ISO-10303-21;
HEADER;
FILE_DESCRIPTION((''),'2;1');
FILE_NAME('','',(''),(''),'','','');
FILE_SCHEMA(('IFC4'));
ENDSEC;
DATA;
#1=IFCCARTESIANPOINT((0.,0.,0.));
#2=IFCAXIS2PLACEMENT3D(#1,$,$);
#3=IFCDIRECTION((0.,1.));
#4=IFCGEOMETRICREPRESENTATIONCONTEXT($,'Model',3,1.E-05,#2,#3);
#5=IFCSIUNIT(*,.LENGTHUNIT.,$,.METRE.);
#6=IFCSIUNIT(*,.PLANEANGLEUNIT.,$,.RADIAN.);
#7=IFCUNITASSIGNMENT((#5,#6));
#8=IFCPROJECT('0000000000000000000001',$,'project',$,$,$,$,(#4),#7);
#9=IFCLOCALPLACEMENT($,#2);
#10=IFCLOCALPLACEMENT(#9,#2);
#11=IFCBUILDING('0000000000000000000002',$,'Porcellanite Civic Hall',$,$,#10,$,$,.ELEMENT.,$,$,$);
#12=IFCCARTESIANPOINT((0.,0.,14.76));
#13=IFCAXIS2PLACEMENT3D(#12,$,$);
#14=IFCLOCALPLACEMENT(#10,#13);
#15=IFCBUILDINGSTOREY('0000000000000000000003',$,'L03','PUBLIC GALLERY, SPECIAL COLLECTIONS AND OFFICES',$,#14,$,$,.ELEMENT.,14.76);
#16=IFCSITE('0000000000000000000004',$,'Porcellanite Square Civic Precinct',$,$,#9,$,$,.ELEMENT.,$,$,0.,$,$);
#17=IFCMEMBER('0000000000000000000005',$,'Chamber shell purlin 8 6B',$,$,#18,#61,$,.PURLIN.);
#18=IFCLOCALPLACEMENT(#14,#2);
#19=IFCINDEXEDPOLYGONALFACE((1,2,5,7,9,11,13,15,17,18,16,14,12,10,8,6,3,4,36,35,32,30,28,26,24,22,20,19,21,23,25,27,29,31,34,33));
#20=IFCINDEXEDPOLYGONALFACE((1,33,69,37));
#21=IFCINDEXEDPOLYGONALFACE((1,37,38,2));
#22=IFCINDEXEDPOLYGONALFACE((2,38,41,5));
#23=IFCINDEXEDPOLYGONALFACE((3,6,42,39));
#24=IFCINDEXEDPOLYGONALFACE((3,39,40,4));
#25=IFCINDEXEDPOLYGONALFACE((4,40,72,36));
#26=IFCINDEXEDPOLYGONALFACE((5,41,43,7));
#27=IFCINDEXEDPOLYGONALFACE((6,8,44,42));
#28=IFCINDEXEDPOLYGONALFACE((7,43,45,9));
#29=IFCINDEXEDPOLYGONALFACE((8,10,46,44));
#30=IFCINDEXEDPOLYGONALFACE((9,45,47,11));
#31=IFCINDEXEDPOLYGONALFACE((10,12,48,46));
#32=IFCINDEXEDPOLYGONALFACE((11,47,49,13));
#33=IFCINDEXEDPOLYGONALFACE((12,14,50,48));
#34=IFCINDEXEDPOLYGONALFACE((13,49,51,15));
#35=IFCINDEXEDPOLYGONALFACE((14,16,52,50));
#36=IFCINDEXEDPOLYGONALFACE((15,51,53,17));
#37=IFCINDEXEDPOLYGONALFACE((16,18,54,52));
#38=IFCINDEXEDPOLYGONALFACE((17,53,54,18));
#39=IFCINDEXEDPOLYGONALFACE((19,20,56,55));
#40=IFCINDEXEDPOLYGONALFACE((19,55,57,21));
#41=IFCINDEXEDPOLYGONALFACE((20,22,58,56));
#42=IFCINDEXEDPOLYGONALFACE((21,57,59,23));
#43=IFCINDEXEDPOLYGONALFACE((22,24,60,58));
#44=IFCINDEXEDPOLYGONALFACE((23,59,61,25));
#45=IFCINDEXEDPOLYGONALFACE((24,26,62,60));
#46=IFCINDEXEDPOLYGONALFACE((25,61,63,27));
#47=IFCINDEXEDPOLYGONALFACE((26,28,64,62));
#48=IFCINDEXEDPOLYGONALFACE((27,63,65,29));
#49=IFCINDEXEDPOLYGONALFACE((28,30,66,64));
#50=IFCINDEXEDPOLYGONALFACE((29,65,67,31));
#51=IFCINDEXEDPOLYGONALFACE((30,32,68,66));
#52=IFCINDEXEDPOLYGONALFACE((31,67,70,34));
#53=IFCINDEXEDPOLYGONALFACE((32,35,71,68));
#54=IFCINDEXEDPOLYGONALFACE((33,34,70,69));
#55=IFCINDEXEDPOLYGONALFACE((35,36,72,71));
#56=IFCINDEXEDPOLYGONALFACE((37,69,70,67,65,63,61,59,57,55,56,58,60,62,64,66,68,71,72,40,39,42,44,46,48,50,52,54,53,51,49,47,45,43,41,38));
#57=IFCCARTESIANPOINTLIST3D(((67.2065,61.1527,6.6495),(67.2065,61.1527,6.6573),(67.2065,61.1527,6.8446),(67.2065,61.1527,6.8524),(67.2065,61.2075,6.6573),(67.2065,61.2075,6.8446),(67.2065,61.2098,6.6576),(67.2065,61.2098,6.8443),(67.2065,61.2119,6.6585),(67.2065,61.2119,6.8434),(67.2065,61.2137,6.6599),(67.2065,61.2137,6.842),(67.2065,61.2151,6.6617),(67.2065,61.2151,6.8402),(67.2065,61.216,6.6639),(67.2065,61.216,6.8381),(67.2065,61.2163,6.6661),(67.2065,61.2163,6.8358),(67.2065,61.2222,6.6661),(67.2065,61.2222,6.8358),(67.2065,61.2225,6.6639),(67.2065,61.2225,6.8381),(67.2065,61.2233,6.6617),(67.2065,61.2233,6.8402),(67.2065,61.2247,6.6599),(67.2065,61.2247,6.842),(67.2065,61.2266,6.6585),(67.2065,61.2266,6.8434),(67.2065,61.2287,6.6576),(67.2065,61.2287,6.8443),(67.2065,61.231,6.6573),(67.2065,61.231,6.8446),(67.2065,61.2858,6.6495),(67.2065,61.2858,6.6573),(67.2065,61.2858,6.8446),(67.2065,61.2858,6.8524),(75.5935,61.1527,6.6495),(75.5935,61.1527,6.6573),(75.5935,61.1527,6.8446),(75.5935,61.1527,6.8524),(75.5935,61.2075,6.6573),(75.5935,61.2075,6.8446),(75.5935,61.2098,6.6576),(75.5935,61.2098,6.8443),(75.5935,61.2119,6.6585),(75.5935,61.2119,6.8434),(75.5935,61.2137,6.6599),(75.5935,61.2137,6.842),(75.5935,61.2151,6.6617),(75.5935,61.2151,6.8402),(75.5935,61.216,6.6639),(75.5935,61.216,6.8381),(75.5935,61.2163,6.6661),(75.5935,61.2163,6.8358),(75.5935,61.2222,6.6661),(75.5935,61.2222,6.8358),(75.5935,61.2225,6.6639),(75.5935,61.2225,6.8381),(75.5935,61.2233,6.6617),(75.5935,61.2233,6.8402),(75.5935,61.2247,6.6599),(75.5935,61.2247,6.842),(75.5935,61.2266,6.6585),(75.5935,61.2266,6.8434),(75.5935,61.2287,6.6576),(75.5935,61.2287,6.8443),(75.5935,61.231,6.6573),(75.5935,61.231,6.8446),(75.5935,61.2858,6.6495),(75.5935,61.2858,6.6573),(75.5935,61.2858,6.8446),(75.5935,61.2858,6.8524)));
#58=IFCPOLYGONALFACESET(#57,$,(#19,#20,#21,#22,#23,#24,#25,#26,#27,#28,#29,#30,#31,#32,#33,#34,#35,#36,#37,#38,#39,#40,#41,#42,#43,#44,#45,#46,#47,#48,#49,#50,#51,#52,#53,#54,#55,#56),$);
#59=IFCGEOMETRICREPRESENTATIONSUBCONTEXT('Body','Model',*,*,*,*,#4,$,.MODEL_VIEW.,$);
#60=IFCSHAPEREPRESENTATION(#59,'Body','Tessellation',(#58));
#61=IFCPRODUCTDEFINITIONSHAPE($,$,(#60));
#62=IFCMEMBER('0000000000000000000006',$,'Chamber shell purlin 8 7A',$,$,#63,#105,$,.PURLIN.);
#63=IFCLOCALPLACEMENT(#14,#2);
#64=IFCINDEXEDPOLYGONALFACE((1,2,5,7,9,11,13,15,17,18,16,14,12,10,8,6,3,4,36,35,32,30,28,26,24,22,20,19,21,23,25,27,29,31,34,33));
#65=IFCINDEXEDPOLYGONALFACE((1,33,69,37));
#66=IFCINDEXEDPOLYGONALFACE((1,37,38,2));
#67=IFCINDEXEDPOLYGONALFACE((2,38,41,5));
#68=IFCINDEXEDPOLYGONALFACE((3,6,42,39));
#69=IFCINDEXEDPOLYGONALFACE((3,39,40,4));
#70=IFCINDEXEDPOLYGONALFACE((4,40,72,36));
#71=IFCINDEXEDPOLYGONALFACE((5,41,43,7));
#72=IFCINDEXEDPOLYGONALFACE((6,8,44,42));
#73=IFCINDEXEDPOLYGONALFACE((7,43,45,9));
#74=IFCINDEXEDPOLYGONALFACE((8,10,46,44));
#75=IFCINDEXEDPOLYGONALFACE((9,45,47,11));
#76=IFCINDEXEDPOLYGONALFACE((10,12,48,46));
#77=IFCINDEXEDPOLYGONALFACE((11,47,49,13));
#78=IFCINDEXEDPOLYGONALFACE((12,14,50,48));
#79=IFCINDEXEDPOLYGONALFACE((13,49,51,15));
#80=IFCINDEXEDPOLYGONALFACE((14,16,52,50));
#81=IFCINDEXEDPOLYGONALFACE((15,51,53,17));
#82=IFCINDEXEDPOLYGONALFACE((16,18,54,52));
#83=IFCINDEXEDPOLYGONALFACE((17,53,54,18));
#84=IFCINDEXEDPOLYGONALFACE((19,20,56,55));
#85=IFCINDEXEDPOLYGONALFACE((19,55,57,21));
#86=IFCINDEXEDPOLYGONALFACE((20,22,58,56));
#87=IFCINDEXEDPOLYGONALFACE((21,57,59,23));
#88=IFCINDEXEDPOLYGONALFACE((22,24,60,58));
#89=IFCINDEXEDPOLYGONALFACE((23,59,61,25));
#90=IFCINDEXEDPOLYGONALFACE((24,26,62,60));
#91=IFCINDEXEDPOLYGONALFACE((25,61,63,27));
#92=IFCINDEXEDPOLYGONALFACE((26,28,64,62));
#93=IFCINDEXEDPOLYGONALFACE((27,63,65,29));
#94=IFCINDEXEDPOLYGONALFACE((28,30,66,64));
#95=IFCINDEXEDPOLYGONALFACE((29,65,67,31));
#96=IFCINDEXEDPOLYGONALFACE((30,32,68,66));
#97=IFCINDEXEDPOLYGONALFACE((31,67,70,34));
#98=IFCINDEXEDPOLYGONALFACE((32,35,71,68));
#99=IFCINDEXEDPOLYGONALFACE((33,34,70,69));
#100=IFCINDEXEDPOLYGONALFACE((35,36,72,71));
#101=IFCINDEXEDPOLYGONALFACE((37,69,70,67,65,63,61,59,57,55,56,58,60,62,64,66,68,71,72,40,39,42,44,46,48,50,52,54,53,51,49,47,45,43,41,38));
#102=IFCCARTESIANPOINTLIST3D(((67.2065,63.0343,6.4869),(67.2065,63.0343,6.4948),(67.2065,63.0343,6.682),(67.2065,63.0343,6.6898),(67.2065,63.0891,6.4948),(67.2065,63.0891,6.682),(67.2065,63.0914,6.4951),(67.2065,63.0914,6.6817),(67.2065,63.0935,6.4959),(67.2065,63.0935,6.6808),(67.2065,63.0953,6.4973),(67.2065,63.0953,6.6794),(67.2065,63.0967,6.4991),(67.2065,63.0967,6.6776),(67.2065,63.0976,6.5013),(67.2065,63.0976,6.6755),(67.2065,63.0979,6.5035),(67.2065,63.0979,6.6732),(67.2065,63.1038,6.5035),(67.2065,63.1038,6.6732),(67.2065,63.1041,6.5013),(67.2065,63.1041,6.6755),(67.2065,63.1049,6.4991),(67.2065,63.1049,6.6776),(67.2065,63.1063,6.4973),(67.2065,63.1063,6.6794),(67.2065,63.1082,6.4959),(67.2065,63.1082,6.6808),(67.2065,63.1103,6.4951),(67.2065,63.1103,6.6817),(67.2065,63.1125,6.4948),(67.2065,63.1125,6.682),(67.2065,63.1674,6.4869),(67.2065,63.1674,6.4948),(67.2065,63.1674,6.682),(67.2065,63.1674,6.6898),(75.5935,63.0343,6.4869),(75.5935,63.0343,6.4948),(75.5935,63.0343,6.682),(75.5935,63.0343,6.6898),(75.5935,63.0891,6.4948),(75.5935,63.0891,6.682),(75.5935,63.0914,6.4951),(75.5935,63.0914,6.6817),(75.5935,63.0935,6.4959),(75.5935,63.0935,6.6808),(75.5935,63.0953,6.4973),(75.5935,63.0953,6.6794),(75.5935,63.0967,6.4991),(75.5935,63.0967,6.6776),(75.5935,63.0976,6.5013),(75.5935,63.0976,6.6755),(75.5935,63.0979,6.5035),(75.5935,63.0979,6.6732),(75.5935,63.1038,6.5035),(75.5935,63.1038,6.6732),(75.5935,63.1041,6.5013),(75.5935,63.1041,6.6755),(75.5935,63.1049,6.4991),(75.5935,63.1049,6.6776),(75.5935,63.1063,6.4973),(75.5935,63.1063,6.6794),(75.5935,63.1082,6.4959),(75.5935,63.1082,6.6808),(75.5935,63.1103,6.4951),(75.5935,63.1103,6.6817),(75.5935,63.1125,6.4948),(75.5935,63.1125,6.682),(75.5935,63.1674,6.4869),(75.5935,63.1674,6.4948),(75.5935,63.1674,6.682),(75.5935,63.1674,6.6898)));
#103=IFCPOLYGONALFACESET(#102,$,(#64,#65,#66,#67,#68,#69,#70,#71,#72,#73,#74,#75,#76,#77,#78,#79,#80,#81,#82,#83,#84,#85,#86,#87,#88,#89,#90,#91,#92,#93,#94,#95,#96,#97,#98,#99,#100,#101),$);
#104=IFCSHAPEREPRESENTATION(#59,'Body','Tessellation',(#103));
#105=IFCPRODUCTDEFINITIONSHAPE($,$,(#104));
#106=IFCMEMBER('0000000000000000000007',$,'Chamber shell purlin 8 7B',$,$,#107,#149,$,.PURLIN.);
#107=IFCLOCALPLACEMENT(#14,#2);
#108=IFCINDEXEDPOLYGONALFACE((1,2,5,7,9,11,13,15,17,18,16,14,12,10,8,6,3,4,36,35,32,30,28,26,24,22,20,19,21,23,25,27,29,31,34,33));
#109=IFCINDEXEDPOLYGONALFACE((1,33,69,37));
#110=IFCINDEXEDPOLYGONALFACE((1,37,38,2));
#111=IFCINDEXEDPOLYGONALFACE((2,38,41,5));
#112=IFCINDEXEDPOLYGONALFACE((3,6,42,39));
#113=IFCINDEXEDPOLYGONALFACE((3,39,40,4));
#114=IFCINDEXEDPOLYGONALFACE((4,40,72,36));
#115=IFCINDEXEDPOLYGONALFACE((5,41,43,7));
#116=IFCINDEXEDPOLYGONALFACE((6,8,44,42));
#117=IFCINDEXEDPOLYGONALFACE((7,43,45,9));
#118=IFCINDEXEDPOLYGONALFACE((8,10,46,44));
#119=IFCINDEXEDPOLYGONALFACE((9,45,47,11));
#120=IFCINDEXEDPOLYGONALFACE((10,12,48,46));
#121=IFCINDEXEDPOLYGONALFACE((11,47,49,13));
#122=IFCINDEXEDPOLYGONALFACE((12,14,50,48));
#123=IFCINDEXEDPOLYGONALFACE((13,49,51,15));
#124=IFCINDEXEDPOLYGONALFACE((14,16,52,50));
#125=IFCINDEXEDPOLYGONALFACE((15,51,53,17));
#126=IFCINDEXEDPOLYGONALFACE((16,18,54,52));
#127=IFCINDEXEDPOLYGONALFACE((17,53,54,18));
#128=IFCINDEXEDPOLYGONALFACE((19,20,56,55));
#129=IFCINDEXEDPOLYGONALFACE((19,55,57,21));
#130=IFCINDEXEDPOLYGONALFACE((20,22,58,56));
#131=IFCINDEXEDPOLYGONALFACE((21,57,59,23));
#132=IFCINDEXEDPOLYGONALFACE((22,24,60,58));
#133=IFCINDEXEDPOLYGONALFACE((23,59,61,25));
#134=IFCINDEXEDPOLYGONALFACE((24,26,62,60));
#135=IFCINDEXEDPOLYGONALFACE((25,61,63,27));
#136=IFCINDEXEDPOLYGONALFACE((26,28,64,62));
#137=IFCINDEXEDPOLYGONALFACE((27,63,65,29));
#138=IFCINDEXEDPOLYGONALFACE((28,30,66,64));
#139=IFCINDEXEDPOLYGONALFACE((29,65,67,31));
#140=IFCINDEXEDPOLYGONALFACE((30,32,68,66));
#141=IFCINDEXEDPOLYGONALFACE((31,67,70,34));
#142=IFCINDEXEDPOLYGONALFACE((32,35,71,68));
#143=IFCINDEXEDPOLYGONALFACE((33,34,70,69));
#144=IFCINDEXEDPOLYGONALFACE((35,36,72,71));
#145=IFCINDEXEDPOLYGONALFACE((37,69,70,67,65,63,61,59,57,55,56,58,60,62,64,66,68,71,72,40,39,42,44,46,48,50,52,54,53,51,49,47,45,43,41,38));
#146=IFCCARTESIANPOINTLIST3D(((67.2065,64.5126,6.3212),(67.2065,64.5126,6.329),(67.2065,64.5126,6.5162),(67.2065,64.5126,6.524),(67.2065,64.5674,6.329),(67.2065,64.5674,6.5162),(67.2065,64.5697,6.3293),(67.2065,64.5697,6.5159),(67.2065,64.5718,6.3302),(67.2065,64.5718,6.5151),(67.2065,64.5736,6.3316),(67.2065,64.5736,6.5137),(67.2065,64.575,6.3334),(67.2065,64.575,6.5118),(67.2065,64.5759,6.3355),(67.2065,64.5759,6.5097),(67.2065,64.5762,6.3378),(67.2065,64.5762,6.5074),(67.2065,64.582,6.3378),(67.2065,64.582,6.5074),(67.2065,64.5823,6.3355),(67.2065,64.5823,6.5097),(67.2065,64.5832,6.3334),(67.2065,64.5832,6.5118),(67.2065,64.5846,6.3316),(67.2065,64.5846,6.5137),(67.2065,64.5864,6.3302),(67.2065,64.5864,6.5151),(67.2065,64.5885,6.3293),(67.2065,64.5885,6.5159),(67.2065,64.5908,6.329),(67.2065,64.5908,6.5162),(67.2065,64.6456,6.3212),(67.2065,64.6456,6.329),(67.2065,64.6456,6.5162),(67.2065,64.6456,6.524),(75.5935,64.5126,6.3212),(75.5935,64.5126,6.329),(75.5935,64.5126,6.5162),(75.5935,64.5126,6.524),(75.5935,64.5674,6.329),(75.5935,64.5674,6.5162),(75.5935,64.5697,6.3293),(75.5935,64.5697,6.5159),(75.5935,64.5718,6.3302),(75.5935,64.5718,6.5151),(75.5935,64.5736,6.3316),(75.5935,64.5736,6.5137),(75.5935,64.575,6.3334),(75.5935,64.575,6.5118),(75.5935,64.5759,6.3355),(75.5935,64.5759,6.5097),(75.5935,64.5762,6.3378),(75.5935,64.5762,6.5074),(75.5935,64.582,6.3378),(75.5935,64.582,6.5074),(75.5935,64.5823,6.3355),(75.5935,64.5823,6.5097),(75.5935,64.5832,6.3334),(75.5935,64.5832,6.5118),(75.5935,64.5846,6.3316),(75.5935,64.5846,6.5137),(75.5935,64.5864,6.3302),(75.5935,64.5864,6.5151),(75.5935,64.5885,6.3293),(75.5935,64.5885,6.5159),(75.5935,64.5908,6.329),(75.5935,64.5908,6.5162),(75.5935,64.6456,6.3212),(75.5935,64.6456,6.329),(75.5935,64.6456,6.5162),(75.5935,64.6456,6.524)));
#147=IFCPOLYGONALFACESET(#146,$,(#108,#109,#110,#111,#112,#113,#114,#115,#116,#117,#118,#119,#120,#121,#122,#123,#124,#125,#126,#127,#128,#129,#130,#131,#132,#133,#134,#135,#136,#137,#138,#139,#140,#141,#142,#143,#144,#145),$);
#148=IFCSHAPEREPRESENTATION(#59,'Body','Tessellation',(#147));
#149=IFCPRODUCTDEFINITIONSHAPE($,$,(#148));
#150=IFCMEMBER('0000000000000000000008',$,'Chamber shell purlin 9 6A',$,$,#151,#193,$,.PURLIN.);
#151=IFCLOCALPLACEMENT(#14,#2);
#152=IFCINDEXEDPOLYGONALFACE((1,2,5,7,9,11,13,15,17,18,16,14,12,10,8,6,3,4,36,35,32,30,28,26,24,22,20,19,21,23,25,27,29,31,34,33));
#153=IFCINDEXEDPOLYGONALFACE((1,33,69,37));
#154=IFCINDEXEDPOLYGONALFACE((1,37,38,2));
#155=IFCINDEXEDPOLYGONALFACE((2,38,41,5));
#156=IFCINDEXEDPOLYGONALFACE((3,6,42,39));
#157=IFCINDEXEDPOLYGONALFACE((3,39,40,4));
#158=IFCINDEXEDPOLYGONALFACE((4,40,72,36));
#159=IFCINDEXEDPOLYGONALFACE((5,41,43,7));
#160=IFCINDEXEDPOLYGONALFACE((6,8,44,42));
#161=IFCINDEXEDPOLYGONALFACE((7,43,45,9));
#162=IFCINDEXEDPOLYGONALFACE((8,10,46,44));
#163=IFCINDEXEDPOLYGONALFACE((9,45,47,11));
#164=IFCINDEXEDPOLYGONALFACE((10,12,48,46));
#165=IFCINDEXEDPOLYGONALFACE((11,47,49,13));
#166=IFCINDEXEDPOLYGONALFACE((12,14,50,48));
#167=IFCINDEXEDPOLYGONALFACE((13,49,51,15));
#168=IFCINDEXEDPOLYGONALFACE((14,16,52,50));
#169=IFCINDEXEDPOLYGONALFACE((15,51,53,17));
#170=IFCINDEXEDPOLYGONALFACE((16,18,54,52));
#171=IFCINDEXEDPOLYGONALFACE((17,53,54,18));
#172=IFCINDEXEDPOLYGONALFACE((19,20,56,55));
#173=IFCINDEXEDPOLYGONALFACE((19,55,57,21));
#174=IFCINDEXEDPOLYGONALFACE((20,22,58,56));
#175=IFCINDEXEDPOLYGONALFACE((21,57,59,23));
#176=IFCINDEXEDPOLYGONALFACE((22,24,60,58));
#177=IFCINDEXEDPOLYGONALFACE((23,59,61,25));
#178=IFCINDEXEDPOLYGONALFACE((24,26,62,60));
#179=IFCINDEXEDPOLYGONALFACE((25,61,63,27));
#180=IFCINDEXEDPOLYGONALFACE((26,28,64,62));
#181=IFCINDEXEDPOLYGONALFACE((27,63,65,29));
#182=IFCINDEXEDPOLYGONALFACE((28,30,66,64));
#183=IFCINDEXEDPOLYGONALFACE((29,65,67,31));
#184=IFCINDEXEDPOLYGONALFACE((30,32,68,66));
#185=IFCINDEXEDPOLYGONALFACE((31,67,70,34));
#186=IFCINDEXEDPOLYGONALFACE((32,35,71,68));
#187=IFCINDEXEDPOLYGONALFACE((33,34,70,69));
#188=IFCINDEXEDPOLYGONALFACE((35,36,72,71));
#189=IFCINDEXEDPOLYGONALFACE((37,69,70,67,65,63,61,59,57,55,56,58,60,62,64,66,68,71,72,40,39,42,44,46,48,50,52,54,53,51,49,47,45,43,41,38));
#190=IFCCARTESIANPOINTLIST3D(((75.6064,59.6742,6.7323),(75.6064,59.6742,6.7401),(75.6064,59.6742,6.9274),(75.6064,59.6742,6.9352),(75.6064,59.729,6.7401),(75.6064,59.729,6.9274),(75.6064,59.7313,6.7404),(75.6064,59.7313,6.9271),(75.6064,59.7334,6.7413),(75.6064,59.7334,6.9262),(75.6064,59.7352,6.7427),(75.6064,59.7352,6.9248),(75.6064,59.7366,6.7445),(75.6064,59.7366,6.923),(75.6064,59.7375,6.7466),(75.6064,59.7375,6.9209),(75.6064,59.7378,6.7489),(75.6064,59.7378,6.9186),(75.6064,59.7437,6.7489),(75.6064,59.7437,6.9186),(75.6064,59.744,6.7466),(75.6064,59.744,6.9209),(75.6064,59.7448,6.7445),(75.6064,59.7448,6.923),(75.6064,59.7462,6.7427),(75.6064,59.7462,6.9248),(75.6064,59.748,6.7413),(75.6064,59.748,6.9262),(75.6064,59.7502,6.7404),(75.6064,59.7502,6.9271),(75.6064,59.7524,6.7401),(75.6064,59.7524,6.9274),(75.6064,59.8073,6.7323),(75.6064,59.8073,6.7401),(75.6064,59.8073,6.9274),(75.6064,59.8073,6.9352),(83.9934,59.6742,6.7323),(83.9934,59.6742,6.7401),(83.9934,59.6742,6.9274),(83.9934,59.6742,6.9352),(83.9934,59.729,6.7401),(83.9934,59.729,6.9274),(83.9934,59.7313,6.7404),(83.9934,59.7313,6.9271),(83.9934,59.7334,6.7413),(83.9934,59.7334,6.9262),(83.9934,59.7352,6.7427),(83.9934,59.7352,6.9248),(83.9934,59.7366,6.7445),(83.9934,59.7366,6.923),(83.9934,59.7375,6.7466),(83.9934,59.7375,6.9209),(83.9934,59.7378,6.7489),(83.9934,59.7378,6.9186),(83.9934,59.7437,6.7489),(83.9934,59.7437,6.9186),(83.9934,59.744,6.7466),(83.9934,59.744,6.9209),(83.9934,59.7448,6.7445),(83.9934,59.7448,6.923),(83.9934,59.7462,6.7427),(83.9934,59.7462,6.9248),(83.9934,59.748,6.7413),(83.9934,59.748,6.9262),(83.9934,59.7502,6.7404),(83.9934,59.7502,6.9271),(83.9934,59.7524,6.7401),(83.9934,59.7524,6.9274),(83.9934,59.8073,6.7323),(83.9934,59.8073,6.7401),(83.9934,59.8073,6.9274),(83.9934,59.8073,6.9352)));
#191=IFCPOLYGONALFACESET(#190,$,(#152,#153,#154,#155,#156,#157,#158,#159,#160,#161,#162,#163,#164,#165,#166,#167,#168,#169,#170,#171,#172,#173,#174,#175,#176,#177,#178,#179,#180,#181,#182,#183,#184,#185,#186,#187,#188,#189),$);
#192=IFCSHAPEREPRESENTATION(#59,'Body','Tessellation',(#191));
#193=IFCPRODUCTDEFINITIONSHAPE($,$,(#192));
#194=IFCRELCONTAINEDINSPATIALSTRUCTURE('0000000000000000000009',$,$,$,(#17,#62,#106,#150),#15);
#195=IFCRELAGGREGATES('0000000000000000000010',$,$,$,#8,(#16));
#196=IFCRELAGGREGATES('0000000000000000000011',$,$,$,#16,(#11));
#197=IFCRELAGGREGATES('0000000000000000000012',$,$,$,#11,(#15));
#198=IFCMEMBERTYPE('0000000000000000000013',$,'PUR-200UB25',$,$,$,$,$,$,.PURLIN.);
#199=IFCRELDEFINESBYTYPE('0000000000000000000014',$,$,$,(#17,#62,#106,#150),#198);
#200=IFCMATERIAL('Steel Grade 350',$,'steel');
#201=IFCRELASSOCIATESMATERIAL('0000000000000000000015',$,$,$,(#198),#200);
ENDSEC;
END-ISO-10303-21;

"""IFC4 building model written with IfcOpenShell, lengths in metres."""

from ifc_helpers import new_model, si_unit, direction, frame, origin, origin_2d, place, context, subcontext, project, spatial, i_section, extrude, material, material_profile, profile_set, type_object, element, save


model = new_model("IFC4")

# Units and contexts
model_context = context("Model", 3, precision=1e-05, world=origin(), true_north=direction((0.0, 1.0)))
body_context = subcontext(model_context, "Body", "Model", "MODEL_VIEW")
ifc_project = project(units=[si_unit("LENGTHUNIT", "METRE"), si_unit("PLANEANGLEUNIT", "RADIAN")], contexts=[model_context])

# Site, building, storey
site_placement = place(None, origin())
site = spatial("IfcSite", under=ifc_project, at=site_placement, Name="Porcellanite Square Civic Precinct", CompositionType="ELEMENT", RefElevation=0.0)
building_placement = place(site_placement, origin())
building = spatial("IfcBuilding", under=site, at=building_placement, Name="Porcellanite Civic Hall", CompositionType="ELEMENT")
storey_placement = place(building_placement, frame((0.0, 0.0, 14.76)))
storey = spatial("IfcBuildingStorey", under=building, at=storey_placement, Name="L03", Description="PUBLIC GALLERY, SPECIAL COLLECTIONS AND OFFICES", CompositionType="ELEMENT", Elevation=14.76)

# Members
ifc_material_1 = material(Name="Steel Grade 350", Category="steel")
ifc_material_profile_1 = material_profile(ifc_material_1, i_section(OverallWidth=0.1331, OverallDepth=0.2029, WebThickness=0.0059, FlangeThickness=0.0078, FilletRadius=0.0088, at=origin_2d()), Name="200UB25.4")
ifc_profile_set_1 = profile_set([ifc_material_profile_1], Name="Steel Grade 350")
member_type_1 = type_object("IfcMemberType", Name="PUR-200UB25", PredefinedType="PURLIN", material=ifc_profile_set_1)
for number, where, z_axis, x_axis, name in (
    (1, (67.2065, 61.2192, 6.751), (1.0, 0.0, 0.0), (0.0, 1.0, 0.0), "Chamber shell purlin 8 6B"),
    (2, (67.2065, 63.1008, 6.5884), (1.0, 0.0, 0.0), (0.0, 1.0, 0.0), "Chamber shell purlin 8 7A"),
    (3, (67.2065, 64.5791, 6.4226), (1.0, 0.0, 0.0), (0.0, 1.0, 0.0), "Chamber shell purlin 8 7B"),
    (4, (75.6064, 59.7407, 6.8337), (1.0, 0.0, 0.0), (0.0, 1.0, 0.0), "Chamber shell purlin 9 6A"),
):
    element("IfcMember", number, at=place(storey_placement, frame(where, z_axis=z_axis, x_axis=x_axis)), inside=storey, type_object=member_type_1, Name=name, PredefinedType="PURLIN", context=body_context, shape_type="SweptSolid", body=[
        extrude(i_section(OverallWidth=0.1331, OverallDepth=0.2029, WebThickness=0.0059, FlangeThickness=0.0078, FilletRadius=0.0088, at=origin_2d()), origin(), (0.0, 0.0, 1.0), 8.387),
    ])

save(model, "model.ifc")
